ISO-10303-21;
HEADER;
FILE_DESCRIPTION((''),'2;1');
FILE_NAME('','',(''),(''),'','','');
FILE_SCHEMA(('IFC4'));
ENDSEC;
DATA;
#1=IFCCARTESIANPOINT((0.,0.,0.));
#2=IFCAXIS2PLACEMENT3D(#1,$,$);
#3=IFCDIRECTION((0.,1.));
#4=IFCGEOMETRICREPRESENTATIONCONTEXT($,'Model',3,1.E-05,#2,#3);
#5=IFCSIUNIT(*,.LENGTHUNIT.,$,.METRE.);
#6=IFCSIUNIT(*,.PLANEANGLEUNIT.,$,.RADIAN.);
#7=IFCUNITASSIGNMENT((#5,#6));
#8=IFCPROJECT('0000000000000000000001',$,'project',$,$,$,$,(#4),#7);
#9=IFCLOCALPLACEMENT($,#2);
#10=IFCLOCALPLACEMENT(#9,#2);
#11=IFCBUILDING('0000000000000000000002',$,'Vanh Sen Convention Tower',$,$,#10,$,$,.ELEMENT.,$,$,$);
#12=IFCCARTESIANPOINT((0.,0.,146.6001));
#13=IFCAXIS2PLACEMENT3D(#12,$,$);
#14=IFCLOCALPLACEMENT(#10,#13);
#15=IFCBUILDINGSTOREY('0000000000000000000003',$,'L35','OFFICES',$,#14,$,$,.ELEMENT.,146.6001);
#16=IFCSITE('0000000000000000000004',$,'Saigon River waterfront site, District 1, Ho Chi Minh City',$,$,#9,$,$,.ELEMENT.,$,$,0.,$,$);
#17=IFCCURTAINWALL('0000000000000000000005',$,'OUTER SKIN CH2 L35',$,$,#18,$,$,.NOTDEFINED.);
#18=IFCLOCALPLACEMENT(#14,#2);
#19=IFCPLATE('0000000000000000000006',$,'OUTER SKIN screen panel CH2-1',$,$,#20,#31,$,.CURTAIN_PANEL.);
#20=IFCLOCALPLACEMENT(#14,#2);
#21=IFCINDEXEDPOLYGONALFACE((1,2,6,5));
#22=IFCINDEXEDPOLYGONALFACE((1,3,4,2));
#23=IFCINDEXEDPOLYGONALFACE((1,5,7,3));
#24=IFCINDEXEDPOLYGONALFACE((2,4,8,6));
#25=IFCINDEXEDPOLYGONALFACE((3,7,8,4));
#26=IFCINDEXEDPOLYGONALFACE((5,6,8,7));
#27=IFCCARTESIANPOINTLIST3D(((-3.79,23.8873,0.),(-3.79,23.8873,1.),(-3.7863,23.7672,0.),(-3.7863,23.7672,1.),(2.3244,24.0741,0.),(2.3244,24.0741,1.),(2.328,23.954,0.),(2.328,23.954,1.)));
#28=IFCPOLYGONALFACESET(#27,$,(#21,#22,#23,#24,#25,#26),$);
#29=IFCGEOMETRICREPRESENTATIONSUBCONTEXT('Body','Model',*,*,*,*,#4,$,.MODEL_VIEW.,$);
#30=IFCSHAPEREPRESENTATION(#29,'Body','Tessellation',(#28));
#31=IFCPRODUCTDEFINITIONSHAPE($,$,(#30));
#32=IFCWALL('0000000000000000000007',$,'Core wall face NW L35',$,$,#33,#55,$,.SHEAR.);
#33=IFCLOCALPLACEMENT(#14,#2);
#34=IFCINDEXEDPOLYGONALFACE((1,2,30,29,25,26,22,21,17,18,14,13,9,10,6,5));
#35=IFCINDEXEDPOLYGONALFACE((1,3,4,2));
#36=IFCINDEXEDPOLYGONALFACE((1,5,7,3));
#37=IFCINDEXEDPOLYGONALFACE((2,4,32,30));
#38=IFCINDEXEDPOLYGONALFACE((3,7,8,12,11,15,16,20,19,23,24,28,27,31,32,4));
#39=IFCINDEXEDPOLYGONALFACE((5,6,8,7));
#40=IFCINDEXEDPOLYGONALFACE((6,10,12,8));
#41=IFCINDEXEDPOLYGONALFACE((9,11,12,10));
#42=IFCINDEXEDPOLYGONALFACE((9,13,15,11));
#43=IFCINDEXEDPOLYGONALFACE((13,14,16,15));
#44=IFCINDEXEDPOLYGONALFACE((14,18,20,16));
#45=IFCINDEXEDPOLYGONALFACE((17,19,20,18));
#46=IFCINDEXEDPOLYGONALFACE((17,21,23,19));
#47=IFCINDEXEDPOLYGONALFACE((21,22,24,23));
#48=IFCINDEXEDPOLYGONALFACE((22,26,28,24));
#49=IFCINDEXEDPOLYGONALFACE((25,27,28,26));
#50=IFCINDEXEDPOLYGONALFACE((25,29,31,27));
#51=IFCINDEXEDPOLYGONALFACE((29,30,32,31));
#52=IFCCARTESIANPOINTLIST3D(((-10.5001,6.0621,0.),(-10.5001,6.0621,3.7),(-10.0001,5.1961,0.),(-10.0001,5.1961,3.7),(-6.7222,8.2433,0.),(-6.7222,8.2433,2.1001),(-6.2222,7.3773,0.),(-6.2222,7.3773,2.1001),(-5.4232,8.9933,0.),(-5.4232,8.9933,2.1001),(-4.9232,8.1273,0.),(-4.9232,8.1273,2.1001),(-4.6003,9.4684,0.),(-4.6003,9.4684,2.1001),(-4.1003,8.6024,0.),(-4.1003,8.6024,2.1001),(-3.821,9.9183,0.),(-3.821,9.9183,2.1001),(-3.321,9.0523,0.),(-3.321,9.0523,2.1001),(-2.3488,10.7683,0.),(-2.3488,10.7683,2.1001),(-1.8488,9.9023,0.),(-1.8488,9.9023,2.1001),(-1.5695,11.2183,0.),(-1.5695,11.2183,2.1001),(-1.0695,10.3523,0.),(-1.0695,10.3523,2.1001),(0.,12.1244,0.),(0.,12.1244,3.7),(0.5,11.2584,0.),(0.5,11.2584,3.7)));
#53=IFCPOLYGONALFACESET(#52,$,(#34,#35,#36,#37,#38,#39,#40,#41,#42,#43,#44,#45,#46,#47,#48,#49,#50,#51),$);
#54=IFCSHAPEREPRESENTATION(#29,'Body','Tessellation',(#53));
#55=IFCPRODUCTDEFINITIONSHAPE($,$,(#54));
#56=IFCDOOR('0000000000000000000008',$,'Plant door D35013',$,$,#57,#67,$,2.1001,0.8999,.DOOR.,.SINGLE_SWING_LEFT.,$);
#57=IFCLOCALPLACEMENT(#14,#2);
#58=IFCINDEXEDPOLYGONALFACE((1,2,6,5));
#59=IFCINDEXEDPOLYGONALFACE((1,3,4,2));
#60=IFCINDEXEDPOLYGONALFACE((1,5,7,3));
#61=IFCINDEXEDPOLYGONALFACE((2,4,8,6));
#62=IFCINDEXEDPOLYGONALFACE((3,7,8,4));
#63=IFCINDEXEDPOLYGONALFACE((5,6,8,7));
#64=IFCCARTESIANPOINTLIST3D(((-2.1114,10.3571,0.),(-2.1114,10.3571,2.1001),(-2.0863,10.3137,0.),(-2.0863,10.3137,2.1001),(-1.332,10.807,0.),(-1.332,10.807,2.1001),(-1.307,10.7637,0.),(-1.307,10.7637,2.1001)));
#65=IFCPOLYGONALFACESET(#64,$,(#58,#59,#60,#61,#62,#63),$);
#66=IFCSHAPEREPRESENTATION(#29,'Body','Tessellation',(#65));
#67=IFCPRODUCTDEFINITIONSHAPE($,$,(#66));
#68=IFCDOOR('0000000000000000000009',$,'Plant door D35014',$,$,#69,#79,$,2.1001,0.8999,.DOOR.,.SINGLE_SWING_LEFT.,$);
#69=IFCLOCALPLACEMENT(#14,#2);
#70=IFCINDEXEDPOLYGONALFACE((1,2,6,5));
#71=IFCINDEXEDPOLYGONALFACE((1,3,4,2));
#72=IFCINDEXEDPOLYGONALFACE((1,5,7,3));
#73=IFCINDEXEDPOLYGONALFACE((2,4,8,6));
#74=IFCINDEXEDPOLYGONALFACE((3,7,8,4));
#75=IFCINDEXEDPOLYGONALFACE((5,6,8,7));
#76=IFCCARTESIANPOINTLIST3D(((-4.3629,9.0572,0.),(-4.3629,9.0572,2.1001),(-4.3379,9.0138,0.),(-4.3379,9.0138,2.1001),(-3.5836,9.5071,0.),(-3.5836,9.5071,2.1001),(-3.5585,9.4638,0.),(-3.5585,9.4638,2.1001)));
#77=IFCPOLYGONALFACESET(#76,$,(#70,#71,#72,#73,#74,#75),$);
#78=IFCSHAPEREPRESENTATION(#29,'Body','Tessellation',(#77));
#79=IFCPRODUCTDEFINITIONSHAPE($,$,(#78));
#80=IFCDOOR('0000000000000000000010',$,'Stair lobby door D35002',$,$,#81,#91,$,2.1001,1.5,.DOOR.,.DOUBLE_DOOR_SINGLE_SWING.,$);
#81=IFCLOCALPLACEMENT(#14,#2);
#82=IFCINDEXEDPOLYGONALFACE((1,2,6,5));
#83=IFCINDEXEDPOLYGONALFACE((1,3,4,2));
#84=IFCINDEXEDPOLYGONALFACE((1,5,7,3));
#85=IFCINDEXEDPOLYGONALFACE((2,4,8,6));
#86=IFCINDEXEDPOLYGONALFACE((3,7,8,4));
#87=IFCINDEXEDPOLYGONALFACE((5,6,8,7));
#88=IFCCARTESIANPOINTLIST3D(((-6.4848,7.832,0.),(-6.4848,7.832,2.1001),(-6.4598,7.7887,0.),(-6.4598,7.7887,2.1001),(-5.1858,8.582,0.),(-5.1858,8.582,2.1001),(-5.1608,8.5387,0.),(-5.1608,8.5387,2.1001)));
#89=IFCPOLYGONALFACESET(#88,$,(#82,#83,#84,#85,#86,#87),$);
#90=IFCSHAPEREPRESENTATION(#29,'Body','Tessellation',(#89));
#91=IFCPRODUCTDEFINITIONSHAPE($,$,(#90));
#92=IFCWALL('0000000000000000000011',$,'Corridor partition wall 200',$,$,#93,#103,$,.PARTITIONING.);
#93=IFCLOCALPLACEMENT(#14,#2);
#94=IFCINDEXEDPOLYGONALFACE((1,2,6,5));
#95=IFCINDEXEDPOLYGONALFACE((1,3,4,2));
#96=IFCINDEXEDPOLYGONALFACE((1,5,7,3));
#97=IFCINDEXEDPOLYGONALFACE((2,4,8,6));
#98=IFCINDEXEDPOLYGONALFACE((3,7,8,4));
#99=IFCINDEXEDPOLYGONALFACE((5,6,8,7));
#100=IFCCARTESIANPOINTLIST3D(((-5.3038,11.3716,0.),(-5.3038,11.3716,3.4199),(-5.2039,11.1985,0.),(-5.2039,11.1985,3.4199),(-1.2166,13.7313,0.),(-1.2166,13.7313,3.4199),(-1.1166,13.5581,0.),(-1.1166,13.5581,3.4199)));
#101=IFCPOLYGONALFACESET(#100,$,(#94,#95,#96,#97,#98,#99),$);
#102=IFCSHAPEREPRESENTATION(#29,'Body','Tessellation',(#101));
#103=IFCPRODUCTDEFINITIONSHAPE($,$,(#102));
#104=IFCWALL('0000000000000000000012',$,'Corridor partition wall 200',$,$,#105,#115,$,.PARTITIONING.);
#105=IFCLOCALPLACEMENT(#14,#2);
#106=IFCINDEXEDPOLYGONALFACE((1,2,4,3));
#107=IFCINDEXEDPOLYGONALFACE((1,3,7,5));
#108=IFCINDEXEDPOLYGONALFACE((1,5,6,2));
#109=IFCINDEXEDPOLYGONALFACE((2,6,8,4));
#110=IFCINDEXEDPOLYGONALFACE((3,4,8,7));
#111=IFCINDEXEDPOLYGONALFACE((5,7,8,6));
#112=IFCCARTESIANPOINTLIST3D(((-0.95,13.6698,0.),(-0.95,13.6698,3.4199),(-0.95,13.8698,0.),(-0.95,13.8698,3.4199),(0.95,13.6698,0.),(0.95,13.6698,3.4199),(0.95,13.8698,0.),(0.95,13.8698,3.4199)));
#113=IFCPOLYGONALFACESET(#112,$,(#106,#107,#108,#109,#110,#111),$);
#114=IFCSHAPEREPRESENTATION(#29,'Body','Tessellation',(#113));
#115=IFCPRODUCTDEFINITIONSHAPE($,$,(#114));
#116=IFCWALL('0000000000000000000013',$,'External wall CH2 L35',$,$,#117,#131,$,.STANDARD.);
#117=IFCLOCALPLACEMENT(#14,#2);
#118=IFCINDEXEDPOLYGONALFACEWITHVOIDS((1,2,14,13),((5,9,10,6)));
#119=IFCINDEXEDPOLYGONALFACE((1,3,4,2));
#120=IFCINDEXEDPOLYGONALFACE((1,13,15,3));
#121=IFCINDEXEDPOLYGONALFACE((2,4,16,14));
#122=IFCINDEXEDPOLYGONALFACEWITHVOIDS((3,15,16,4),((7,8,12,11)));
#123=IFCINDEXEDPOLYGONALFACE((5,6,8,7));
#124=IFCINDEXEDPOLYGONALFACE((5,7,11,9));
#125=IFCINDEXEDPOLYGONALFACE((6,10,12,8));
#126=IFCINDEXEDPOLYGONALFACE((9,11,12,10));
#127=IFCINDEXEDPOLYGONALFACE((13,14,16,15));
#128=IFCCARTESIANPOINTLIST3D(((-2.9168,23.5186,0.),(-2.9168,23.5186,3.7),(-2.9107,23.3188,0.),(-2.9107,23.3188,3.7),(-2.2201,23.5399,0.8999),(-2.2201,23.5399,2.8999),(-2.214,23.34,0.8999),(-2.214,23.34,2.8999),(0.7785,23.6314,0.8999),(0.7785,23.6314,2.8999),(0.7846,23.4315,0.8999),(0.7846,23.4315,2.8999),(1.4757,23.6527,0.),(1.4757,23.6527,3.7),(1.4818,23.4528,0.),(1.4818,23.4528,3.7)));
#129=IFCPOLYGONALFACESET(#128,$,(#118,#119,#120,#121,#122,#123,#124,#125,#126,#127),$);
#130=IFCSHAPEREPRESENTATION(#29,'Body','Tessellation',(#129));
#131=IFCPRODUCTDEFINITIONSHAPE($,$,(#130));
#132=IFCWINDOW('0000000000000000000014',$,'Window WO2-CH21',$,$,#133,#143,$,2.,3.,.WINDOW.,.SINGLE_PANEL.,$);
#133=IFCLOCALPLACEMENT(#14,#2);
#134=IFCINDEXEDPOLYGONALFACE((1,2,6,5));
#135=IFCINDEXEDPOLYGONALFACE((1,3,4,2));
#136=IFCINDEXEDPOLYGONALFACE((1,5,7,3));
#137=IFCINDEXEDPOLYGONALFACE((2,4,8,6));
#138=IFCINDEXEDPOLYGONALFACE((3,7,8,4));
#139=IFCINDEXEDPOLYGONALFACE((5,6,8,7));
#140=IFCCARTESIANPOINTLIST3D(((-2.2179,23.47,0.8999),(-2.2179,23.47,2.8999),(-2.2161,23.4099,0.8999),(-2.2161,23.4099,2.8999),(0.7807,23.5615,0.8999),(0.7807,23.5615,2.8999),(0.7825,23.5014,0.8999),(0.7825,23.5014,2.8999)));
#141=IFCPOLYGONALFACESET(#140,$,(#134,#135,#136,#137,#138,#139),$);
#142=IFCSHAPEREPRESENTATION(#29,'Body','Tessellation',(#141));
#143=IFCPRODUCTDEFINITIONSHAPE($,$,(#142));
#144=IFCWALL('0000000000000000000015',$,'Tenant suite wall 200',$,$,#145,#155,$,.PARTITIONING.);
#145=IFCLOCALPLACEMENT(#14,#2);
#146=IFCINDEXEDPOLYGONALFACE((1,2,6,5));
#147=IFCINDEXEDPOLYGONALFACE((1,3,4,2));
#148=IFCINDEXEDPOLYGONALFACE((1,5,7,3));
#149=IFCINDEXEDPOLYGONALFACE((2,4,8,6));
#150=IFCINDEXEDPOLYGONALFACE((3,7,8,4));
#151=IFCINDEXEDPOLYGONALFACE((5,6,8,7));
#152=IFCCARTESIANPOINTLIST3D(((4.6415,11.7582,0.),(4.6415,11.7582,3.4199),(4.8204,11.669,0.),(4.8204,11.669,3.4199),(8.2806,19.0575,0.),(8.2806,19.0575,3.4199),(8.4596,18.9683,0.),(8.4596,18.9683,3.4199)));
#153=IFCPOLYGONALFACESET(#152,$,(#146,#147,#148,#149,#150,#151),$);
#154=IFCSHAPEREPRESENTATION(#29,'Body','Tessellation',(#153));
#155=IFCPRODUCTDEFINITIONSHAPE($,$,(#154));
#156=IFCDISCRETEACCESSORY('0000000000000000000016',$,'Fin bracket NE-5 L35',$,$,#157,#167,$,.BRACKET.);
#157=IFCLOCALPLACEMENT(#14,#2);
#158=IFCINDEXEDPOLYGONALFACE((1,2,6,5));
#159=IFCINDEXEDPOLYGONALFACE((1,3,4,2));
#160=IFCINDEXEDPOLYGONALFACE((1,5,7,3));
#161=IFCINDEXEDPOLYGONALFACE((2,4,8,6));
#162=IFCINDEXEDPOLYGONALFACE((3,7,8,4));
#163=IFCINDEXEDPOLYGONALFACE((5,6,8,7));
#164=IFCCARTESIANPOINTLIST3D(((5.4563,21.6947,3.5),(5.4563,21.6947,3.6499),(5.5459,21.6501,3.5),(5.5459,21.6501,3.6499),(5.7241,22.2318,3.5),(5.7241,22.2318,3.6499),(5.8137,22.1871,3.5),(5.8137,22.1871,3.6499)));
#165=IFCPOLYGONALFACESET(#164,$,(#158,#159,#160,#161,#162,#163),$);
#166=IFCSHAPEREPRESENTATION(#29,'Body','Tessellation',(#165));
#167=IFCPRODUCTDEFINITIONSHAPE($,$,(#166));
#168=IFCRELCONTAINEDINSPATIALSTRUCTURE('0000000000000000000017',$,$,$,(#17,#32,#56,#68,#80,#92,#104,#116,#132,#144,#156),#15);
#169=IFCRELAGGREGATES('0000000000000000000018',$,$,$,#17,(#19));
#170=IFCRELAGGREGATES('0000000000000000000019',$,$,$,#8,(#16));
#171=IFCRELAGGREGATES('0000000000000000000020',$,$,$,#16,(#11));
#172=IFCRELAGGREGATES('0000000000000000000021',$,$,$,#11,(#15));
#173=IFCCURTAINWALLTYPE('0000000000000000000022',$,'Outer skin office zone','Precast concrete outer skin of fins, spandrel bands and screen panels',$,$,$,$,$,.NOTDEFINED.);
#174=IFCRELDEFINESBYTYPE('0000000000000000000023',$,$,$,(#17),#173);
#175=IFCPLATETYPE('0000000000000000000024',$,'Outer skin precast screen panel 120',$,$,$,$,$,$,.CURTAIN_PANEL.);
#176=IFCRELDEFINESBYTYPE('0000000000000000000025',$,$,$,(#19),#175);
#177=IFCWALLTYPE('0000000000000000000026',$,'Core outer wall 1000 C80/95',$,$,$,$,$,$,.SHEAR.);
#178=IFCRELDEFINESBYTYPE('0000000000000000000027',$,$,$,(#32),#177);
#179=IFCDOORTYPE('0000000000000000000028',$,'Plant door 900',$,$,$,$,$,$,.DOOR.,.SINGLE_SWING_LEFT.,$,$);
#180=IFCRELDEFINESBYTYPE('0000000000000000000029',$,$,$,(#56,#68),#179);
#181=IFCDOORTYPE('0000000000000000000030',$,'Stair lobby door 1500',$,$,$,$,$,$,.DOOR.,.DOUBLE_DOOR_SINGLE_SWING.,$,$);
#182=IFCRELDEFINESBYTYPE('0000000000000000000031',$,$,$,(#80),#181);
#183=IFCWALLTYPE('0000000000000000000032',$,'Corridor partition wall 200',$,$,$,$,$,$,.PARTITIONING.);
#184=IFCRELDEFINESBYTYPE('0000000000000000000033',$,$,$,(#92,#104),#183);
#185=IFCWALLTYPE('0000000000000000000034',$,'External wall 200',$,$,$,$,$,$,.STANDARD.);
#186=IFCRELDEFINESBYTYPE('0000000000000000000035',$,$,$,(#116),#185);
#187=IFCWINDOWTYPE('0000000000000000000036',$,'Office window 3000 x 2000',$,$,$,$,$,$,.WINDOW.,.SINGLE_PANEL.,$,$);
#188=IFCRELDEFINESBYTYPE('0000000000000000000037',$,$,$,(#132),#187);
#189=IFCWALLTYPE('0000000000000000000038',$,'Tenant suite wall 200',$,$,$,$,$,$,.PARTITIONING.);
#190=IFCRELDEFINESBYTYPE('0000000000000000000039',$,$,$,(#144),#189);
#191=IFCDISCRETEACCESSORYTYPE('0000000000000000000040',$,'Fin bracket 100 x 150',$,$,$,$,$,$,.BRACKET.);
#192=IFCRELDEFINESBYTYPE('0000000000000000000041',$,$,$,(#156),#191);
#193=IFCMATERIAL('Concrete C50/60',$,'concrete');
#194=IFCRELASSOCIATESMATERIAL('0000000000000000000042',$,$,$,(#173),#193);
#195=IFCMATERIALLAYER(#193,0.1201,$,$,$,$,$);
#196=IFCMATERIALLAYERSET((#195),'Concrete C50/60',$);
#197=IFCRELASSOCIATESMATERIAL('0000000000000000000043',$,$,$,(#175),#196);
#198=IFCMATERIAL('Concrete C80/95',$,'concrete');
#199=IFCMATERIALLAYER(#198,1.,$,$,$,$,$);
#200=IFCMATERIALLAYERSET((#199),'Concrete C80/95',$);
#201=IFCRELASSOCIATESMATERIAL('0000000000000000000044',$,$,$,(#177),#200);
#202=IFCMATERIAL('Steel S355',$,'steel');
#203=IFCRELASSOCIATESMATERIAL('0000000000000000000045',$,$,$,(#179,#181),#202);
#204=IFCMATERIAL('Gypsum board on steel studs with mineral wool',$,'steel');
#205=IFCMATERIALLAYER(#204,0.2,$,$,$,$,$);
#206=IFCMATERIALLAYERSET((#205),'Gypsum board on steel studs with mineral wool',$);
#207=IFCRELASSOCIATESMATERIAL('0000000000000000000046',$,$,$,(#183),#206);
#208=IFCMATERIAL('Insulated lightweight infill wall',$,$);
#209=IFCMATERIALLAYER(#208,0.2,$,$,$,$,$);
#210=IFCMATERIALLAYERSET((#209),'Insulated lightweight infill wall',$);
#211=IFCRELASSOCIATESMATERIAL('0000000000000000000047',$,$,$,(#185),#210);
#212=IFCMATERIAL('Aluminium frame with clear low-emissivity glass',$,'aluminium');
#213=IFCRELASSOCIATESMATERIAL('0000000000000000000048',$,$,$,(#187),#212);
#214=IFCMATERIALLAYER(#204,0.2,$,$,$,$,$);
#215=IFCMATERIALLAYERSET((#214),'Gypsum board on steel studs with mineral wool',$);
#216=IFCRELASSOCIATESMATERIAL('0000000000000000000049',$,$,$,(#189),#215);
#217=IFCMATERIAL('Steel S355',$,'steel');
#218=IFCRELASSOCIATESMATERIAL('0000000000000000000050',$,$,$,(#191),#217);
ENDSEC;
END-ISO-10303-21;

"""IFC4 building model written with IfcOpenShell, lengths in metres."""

from ifc_helpers import new_model, si_unit, direction, frame, frame_2d, origin, origin_2d, place, context, subcontext, project, spatial, rectangle, extrude, material, layer, layer_set, type_object, element, fill, aggregate, save


model = new_model("IFC4")

# Units and contexts
model_context = context("Model", 3, precision=1e-05, world=origin(), true_north=direction((0.0, 1.0)))
body_context = subcontext(model_context, "Body", "Model", "MODEL_VIEW")
ifc_project = project(units=[si_unit("LENGTHUNIT", "METRE"), si_unit("PLANEANGLEUNIT", "RADIAN")], contexts=[model_context])

# Site, building, storey
site_placement = place(None, origin())
site = spatial("IfcSite", under=ifc_project, at=site_placement, Name="Saigon River waterfront site, District 1, Ho Chi Minh City", CompositionType="ELEMENT", RefElevation=0.0)
building_placement = place(site_placement, origin())
building = spatial("IfcBuilding", under=site, at=building_placement, Name="Vanh Sen Convention Tower", CompositionType="ELEMENT")
storey_placement = place(building_placement, frame((0.0, 0.0, 146.6001)))
storey = spatial("IfcBuildingStorey", under=building, at=storey_placement, Name="L35", Description="OFFICES", CompositionType="ELEMENT", Elevation=146.6001)

# Shared definitions
ifc_material_1 = material(Name="Concrete C80/95", Category="concrete")

# Shared definitions
ifc_material_2 = material(Name="Concrete C50/60", Category="concrete")
curtain_wall_type = type_object("IfcCurtainWallType", Name="Outer skin office zone", Description="Precast concrete outer skin of fins, spandrel bands and screen panels", PredefinedType="NOTDEFINED", material=ifc_material_2)

# Curtain wall
curtain_wall_1_placement = place(storey_placement, origin())
curtain_wall_1 = element("IfcCurtainWall", 1, at=curtain_wall_1_placement, inside=storey, type_object=curtain_wall_type, Name="OUTER SKIN CH2 L35", PredefinedType="NOTDEFINED")

# Plate
ifc_layer_1 = layer(ifc_material_2, 0.1201)
ifc_layer_set_1 = layer_set([ifc_layer_1], Name="Concrete C50/60")
plate_type = type_object("IfcPlateType", Name="Outer skin precast screen panel 120", PredefinedType="CURTAIN_PANEL", material=ifc_layer_set_1)
plate_1_placement = place(storey_placement, frame((-0.731, 23.9207, 0.0), z_axis=(0.0, 0.0, 1.0), x_axis=(-0.999534, -0.030539, 0.0)))
plate_1 = element("IfcPlate", 2, at=plate_1_placement, type_object=plate_type, Name="OUTER SKIN screen panel CH2-1", PredefinedType="CURTAIN_PANEL", context=body_context, shape_type="SweptSolid", body=[
    extrude(rectangle(XDim=6.1172, YDim=0.1201, at=origin_2d()), origin(), (0.0, 0.0, 1.0), 1.0),
])
aggregate(curtain_wall_1, [plate_1])

# Wall, openings, doors
ifc_layer_2 = layer(ifc_material_1, 1.0)
ifc_layer_set_2 = layer_set([ifc_layer_2], Name="Concrete C80/95")
wall_type_1 = type_object("IfcWallType", Name="Core outer wall 1000 C80/95", PredefinedType="SHEAR", material=ifc_layer_set_2)
wall_1_placement = place(storey_placement, frame((0.25, 11.6914, 0.0), z_axis=(0.0, 0.0, 1.0), x_axis=(-0.866023, -0.500005, 0.0)))
wall_1 = element("IfcWall", 3, at=wall_1_placement, inside=storey, type_object=wall_type_1, Name="Core wall face NW L35", PredefinedType="SHEAR", context=body_context, shape_type="SweptSolid", body=[
    extrude(rectangle(XDim=12.1245, YDim=1.0, at=frame_2d((6.0623, 0.0))), origin(), (0.0, 0.0, 1.0), 3.7),
])
opening_1_placement = place(wall_1_placement, frame((6.2622, 0.0, 0.0)))
opening_1 = element("IfcOpeningElement", 4, at=opening_1_placement, cuts=wall_1, PredefinedType="OPENING", context=body_context, shape_type="SweptSolid", body=[
    extrude(rectangle(XDim=1.5, YDim=2.1001, at=frame_2d((0.75, 1.05))), frame((0.0, 0.51, 0.0), z_axis=(0.0, -1.0, 0.0), x_axis=(1.0, 0.0, 0.0)), (0.0, 0.0, 1.0), 1.02),
])
opening_2_placement = place(wall_1_placement, frame((1.8123, 0.0, 0.0)))
opening_2 = element("IfcOpeningElement", 5, at=opening_2_placement, cuts=wall_1, PredefinedType="OPENING", context=body_context, shape_type="SweptSolid", body=[
    extrude(rectangle(XDim=0.8999, YDim=2.1001, at=frame_2d((0.45, 1.05))), frame((0.0, 0.51, 0.0), z_axis=(0.0, -1.0, 0.0), x_axis=(1.0, 0.0, 0.0)), (0.0, 0.0, 1.0), 1.02),
])
opening_3_placement = place(wall_1_placement, frame((4.4121, 0.0, 0.0)))
opening_3 = element("IfcOpeningElement", 6, at=opening_3_placement, cuts=wall_1, PredefinedType="OPENING", context=body_context, shape_type="SweptSolid", body=[
    extrude(rectangle(XDim=0.8999, YDim=2.1001, at=frame_2d((0.45, 1.05))), frame((0.0, 0.51, 0.0), z_axis=(0.0, -1.0, 0.0), x_axis=(1.0, 0.0, 0.0)), (0.0, 0.0, 1.0), 1.02),
])
ifc_material_3 = material(Name="Steel S355", Category="steel")
door_type_1 = type_object("IfcDoorType", Name="Plant door 900", OperationType="SINGLE_SWING_LEFT", PredefinedType="DOOR", material=ifc_material_3)
door_1_placement = place(opening_2_placement, origin())
door_1 = element("IfcDoor", 7, at=door_1_placement, inside=storey, type_object=door_type_1, Name="Plant door D35013", OperationType="SINGLE_SWING_LEFT", OverallHeight=2.1001, OverallWidth=0.8999, PredefinedType="DOOR", context=body_context, shape_type="SweptSolid", body=[
    extrude(rectangle(XDim=0.8999, YDim=2.1001, at=frame_2d((0.45, 1.05))), frame((0.0, 0.0249, 0.0), z_axis=(0.0, -1.0, 0.0), x_axis=(1.0, 0.0, 0.0)), (0.0, 0.0, 1.0), 0.05),
])
fill(opening_2, door_1)
door_2_placement = place(opening_3_placement, origin())
door_2 = element("IfcDoor", 8, at=door_2_placement, inside=storey, type_object=door_type_1, Name="Plant door D35014", OperationType="SINGLE_SWING_LEFT", OverallHeight=2.1001, OverallWidth=0.8999, PredefinedType="DOOR", context=body_context, shape_type="SweptSolid", body=[
    extrude(rectangle(XDim=0.8999, YDim=2.1001, at=frame_2d((0.45, 1.05))), frame((0.0, 0.0249, 0.0), z_axis=(0.0, -1.0, 0.0), x_axis=(1.0, 0.0, 0.0)), (0.0, 0.0, 1.0), 0.05),
])
fill(opening_3, door_2)
door_type_2 = type_object("IfcDoorType", Name="Stair lobby door 1500", OperationType="DOUBLE_DOOR_SINGLE_SWING", PredefinedType="DOOR", material=ifc_material_3)
door_3_placement = place(opening_1_placement, origin())
door_3 = element("IfcDoor", 9, at=door_3_placement, inside=storey, type_object=door_type_2, Name="Stair lobby door D35002", OperationType="DOUBLE_DOOR_SINGLE_SWING", OverallHeight=2.1001, OverallWidth=1.5, PredefinedType="DOOR", context=body_context, shape_type="SweptSolid", body=[
    extrude(rectangle(XDim=1.5, YDim=2.1001, at=frame_2d((0.75, 1.05))), frame((0.0, 0.0249, 0.0), z_axis=(0.0, -1.0, 0.0), x_axis=(1.0, 0.0, 0.0)), (0.0, 0.0, 1.0), 0.05),
])
fill(opening_1, door_3)

# Walls
ifc_material_4 = material(Name="Gypsum board on steel studs with mineral wool", Category="steel")
ifc_layer_3 = layer(ifc_material_4, 0.2)
ifc_layer_set_3 = layer_set([ifc_layer_3], Name="Gypsum board on steel studs with mineral wool")
wall_type_2 = type_object("IfcWallType", Name="Corridor partition wall 200", PredefinedType="PARTITIONING", material=ifc_layer_set_3)
wall_2_placement = place(storey_placement, frame((-1.1665, 13.6448, 0.0), z_axis=(0.0, 0.0, 1.0), x_axis=(-0.866035, -0.499984, 0.0)))
element("IfcWall", 10, at=wall_2_placement, inside=storey, type_object=wall_type_2, Name="Corridor partition wall 200", PredefinedType="PARTITIONING", context=body_context, shape_type="SweptSolid", body=[
    extrude(rectangle(XDim=4.7195, YDim=0.2, at=frame_2d((2.3599, 0.0))), origin(), (0.0, 0.0, 1.0), 3.4199),
])
wall_3_placement = place(storey_placement, frame((0.95, 13.7698, 0.0), z_axis=(0.0, 0.0, 1.0), x_axis=(-1.0, 0.0, 0.0)))
element("IfcWall", 11, at=wall_3_placement, inside=storey, type_object=wall_type_2, Name="Corridor partition wall 200", PredefinedType="PARTITIONING", context=body_context, shape_type="SweptSolid", body=[
    extrude(rectangle(XDim=1.8999, YDim=0.2, at=frame_2d((0.95, 0.0))), origin(), (0.0, 0.0, 1.0), 3.4199),
])

# Wall, opening, window
ifc_material_5 = material(Name="Insulated lightweight infill wall")
ifc_layer_4 = layer(ifc_material_5, 0.2)
ifc_layer_set_4 = layer_set([ifc_layer_4], Name="Insulated lightweight infill wall")
wall_type_3 = type_object("IfcWallType", Name="External wall 200", PredefinedType="STANDARD", material=ifc_layer_set_4)
wall_4_placement = place(storey_placement, frame((1.4788, 23.5527, 0.0), z_axis=(0.0, 0.0, 1.0), x_axis=(-0.999535, -0.030499, 0.0)))
wall_4 = element("IfcWall", 12, at=wall_4_placement, inside=storey, type_object=wall_type_3, Name="External wall CH2 L35", PredefinedType="STANDARD", context=body_context, shape_type="SweptSolid", body=[
    extrude(rectangle(XDim=4.3945, YDim=0.2, at=frame_2d((2.1973, 0.0))), origin(), (0.0, 0.0, 1.0), 3.7),
])
opening_4_placement = place(wall_4_placement, frame((0.6975, 0.0, 0.8999)))
opening_4 = element("IfcOpeningElement", 13, at=opening_4_placement, cuts=wall_4, PredefinedType="OPENING", context=body_context, shape_type="SweptSolid", body=[
    extrude(rectangle(XDim=3.0, YDim=2.0, at=frame_2d((1.5, 1.0))), frame((0.0, 0.1099, 0.0), z_axis=(0.0, -1.0, 0.0), x_axis=(1.0, 0.0, 0.0)), (0.0, 0.0, 1.0), 0.22),
])
ifc_material_6 = material(Name="Aluminium frame with clear low-emissivity glass", Category="aluminium")
window_type = type_object("IfcWindowType", Name="Office window 3000 x 2000", PartitioningType="SINGLE_PANEL", PredefinedType="WINDOW", material=ifc_material_6)
window_placement = place(opening_4_placement, origin())
window = element("IfcWindow", 14, at=window_placement, inside=storey, type_object=window_type, Name="Window WO2-CH21", OverallHeight=2.0, OverallWidth=3.0, PartitioningType="SINGLE_PANEL", PredefinedType="WINDOW", context=body_context, shape_type="SweptSolid", body=[
    extrude(rectangle(XDim=3.0, YDim=2.0, at=frame_2d((1.5, 1.0))), frame((0.0, 0.03, 0.0), z_axis=(0.0, -1.0, 0.0), x_axis=(1.0, 0.0, 0.0)), (0.0, 0.0, 1.0), 0.0601),
])
fill(opening_4, window)

# Wall
ifc_layer_5 = layer(ifc_material_4, 0.2)
ifc_layer_set_5 = layer_set([ifc_layer_5], Name="Gypsum board on steel studs with mineral wool")
wall_type_4 = type_object("IfcWallType", Name="Tenant suite wall 200", PredefinedType="PARTITIONING", material=ifc_layer_set_5)
wall_5_placement = place(storey_placement, frame((8.3701, 19.0129, 0.0), z_axis=(0.0, 0.0, 1.0), x_axis=(-0.446184, -0.894941, 0.0)))
element("IfcWall", 15, at=wall_5_placement, inside=storey, type_object=wall_type_4, Name="Tenant suite wall 200", PredefinedType="PARTITIONING", context=body_context, shape_type="SweptSolid", body=[
    extrude(rectangle(XDim=8.1562, YDim=0.2, at=frame_2d((4.0781, 0.0))), origin(), (0.0, 0.0, 1.0), 3.4199),
])

# Discrete accessory
ifc_material_7 = material(Name="Steel S355", Category="steel")
discrete_accessory_type = type_object("IfcDiscreteAccessoryType", Name="Fin bracket 100 x 150", PredefinedType="BRACKET", material=ifc_material_7)
discrete_accessory_placement = place(storey_placement, frame((5.635, 21.9409, 3.5), z_axis=(0.0, 0.0, 1.0), x_axis=(0.446198, 0.894934, 0.0)))
element("IfcDiscreteAccessory", 16, at=discrete_accessory_placement, inside=storey, type_object=discrete_accessory_type, Name="Fin bracket NE-5 L35", PredefinedType="BRACKET", context=body_context, shape_type="SweptSolid", body=[
    extrude(rectangle(XDim=0.6001, YDim=0.1001, at=origin_2d()), origin(), (0.0, 0.0, 1.0), 0.1499),
])

save(model, "model.ifc")
